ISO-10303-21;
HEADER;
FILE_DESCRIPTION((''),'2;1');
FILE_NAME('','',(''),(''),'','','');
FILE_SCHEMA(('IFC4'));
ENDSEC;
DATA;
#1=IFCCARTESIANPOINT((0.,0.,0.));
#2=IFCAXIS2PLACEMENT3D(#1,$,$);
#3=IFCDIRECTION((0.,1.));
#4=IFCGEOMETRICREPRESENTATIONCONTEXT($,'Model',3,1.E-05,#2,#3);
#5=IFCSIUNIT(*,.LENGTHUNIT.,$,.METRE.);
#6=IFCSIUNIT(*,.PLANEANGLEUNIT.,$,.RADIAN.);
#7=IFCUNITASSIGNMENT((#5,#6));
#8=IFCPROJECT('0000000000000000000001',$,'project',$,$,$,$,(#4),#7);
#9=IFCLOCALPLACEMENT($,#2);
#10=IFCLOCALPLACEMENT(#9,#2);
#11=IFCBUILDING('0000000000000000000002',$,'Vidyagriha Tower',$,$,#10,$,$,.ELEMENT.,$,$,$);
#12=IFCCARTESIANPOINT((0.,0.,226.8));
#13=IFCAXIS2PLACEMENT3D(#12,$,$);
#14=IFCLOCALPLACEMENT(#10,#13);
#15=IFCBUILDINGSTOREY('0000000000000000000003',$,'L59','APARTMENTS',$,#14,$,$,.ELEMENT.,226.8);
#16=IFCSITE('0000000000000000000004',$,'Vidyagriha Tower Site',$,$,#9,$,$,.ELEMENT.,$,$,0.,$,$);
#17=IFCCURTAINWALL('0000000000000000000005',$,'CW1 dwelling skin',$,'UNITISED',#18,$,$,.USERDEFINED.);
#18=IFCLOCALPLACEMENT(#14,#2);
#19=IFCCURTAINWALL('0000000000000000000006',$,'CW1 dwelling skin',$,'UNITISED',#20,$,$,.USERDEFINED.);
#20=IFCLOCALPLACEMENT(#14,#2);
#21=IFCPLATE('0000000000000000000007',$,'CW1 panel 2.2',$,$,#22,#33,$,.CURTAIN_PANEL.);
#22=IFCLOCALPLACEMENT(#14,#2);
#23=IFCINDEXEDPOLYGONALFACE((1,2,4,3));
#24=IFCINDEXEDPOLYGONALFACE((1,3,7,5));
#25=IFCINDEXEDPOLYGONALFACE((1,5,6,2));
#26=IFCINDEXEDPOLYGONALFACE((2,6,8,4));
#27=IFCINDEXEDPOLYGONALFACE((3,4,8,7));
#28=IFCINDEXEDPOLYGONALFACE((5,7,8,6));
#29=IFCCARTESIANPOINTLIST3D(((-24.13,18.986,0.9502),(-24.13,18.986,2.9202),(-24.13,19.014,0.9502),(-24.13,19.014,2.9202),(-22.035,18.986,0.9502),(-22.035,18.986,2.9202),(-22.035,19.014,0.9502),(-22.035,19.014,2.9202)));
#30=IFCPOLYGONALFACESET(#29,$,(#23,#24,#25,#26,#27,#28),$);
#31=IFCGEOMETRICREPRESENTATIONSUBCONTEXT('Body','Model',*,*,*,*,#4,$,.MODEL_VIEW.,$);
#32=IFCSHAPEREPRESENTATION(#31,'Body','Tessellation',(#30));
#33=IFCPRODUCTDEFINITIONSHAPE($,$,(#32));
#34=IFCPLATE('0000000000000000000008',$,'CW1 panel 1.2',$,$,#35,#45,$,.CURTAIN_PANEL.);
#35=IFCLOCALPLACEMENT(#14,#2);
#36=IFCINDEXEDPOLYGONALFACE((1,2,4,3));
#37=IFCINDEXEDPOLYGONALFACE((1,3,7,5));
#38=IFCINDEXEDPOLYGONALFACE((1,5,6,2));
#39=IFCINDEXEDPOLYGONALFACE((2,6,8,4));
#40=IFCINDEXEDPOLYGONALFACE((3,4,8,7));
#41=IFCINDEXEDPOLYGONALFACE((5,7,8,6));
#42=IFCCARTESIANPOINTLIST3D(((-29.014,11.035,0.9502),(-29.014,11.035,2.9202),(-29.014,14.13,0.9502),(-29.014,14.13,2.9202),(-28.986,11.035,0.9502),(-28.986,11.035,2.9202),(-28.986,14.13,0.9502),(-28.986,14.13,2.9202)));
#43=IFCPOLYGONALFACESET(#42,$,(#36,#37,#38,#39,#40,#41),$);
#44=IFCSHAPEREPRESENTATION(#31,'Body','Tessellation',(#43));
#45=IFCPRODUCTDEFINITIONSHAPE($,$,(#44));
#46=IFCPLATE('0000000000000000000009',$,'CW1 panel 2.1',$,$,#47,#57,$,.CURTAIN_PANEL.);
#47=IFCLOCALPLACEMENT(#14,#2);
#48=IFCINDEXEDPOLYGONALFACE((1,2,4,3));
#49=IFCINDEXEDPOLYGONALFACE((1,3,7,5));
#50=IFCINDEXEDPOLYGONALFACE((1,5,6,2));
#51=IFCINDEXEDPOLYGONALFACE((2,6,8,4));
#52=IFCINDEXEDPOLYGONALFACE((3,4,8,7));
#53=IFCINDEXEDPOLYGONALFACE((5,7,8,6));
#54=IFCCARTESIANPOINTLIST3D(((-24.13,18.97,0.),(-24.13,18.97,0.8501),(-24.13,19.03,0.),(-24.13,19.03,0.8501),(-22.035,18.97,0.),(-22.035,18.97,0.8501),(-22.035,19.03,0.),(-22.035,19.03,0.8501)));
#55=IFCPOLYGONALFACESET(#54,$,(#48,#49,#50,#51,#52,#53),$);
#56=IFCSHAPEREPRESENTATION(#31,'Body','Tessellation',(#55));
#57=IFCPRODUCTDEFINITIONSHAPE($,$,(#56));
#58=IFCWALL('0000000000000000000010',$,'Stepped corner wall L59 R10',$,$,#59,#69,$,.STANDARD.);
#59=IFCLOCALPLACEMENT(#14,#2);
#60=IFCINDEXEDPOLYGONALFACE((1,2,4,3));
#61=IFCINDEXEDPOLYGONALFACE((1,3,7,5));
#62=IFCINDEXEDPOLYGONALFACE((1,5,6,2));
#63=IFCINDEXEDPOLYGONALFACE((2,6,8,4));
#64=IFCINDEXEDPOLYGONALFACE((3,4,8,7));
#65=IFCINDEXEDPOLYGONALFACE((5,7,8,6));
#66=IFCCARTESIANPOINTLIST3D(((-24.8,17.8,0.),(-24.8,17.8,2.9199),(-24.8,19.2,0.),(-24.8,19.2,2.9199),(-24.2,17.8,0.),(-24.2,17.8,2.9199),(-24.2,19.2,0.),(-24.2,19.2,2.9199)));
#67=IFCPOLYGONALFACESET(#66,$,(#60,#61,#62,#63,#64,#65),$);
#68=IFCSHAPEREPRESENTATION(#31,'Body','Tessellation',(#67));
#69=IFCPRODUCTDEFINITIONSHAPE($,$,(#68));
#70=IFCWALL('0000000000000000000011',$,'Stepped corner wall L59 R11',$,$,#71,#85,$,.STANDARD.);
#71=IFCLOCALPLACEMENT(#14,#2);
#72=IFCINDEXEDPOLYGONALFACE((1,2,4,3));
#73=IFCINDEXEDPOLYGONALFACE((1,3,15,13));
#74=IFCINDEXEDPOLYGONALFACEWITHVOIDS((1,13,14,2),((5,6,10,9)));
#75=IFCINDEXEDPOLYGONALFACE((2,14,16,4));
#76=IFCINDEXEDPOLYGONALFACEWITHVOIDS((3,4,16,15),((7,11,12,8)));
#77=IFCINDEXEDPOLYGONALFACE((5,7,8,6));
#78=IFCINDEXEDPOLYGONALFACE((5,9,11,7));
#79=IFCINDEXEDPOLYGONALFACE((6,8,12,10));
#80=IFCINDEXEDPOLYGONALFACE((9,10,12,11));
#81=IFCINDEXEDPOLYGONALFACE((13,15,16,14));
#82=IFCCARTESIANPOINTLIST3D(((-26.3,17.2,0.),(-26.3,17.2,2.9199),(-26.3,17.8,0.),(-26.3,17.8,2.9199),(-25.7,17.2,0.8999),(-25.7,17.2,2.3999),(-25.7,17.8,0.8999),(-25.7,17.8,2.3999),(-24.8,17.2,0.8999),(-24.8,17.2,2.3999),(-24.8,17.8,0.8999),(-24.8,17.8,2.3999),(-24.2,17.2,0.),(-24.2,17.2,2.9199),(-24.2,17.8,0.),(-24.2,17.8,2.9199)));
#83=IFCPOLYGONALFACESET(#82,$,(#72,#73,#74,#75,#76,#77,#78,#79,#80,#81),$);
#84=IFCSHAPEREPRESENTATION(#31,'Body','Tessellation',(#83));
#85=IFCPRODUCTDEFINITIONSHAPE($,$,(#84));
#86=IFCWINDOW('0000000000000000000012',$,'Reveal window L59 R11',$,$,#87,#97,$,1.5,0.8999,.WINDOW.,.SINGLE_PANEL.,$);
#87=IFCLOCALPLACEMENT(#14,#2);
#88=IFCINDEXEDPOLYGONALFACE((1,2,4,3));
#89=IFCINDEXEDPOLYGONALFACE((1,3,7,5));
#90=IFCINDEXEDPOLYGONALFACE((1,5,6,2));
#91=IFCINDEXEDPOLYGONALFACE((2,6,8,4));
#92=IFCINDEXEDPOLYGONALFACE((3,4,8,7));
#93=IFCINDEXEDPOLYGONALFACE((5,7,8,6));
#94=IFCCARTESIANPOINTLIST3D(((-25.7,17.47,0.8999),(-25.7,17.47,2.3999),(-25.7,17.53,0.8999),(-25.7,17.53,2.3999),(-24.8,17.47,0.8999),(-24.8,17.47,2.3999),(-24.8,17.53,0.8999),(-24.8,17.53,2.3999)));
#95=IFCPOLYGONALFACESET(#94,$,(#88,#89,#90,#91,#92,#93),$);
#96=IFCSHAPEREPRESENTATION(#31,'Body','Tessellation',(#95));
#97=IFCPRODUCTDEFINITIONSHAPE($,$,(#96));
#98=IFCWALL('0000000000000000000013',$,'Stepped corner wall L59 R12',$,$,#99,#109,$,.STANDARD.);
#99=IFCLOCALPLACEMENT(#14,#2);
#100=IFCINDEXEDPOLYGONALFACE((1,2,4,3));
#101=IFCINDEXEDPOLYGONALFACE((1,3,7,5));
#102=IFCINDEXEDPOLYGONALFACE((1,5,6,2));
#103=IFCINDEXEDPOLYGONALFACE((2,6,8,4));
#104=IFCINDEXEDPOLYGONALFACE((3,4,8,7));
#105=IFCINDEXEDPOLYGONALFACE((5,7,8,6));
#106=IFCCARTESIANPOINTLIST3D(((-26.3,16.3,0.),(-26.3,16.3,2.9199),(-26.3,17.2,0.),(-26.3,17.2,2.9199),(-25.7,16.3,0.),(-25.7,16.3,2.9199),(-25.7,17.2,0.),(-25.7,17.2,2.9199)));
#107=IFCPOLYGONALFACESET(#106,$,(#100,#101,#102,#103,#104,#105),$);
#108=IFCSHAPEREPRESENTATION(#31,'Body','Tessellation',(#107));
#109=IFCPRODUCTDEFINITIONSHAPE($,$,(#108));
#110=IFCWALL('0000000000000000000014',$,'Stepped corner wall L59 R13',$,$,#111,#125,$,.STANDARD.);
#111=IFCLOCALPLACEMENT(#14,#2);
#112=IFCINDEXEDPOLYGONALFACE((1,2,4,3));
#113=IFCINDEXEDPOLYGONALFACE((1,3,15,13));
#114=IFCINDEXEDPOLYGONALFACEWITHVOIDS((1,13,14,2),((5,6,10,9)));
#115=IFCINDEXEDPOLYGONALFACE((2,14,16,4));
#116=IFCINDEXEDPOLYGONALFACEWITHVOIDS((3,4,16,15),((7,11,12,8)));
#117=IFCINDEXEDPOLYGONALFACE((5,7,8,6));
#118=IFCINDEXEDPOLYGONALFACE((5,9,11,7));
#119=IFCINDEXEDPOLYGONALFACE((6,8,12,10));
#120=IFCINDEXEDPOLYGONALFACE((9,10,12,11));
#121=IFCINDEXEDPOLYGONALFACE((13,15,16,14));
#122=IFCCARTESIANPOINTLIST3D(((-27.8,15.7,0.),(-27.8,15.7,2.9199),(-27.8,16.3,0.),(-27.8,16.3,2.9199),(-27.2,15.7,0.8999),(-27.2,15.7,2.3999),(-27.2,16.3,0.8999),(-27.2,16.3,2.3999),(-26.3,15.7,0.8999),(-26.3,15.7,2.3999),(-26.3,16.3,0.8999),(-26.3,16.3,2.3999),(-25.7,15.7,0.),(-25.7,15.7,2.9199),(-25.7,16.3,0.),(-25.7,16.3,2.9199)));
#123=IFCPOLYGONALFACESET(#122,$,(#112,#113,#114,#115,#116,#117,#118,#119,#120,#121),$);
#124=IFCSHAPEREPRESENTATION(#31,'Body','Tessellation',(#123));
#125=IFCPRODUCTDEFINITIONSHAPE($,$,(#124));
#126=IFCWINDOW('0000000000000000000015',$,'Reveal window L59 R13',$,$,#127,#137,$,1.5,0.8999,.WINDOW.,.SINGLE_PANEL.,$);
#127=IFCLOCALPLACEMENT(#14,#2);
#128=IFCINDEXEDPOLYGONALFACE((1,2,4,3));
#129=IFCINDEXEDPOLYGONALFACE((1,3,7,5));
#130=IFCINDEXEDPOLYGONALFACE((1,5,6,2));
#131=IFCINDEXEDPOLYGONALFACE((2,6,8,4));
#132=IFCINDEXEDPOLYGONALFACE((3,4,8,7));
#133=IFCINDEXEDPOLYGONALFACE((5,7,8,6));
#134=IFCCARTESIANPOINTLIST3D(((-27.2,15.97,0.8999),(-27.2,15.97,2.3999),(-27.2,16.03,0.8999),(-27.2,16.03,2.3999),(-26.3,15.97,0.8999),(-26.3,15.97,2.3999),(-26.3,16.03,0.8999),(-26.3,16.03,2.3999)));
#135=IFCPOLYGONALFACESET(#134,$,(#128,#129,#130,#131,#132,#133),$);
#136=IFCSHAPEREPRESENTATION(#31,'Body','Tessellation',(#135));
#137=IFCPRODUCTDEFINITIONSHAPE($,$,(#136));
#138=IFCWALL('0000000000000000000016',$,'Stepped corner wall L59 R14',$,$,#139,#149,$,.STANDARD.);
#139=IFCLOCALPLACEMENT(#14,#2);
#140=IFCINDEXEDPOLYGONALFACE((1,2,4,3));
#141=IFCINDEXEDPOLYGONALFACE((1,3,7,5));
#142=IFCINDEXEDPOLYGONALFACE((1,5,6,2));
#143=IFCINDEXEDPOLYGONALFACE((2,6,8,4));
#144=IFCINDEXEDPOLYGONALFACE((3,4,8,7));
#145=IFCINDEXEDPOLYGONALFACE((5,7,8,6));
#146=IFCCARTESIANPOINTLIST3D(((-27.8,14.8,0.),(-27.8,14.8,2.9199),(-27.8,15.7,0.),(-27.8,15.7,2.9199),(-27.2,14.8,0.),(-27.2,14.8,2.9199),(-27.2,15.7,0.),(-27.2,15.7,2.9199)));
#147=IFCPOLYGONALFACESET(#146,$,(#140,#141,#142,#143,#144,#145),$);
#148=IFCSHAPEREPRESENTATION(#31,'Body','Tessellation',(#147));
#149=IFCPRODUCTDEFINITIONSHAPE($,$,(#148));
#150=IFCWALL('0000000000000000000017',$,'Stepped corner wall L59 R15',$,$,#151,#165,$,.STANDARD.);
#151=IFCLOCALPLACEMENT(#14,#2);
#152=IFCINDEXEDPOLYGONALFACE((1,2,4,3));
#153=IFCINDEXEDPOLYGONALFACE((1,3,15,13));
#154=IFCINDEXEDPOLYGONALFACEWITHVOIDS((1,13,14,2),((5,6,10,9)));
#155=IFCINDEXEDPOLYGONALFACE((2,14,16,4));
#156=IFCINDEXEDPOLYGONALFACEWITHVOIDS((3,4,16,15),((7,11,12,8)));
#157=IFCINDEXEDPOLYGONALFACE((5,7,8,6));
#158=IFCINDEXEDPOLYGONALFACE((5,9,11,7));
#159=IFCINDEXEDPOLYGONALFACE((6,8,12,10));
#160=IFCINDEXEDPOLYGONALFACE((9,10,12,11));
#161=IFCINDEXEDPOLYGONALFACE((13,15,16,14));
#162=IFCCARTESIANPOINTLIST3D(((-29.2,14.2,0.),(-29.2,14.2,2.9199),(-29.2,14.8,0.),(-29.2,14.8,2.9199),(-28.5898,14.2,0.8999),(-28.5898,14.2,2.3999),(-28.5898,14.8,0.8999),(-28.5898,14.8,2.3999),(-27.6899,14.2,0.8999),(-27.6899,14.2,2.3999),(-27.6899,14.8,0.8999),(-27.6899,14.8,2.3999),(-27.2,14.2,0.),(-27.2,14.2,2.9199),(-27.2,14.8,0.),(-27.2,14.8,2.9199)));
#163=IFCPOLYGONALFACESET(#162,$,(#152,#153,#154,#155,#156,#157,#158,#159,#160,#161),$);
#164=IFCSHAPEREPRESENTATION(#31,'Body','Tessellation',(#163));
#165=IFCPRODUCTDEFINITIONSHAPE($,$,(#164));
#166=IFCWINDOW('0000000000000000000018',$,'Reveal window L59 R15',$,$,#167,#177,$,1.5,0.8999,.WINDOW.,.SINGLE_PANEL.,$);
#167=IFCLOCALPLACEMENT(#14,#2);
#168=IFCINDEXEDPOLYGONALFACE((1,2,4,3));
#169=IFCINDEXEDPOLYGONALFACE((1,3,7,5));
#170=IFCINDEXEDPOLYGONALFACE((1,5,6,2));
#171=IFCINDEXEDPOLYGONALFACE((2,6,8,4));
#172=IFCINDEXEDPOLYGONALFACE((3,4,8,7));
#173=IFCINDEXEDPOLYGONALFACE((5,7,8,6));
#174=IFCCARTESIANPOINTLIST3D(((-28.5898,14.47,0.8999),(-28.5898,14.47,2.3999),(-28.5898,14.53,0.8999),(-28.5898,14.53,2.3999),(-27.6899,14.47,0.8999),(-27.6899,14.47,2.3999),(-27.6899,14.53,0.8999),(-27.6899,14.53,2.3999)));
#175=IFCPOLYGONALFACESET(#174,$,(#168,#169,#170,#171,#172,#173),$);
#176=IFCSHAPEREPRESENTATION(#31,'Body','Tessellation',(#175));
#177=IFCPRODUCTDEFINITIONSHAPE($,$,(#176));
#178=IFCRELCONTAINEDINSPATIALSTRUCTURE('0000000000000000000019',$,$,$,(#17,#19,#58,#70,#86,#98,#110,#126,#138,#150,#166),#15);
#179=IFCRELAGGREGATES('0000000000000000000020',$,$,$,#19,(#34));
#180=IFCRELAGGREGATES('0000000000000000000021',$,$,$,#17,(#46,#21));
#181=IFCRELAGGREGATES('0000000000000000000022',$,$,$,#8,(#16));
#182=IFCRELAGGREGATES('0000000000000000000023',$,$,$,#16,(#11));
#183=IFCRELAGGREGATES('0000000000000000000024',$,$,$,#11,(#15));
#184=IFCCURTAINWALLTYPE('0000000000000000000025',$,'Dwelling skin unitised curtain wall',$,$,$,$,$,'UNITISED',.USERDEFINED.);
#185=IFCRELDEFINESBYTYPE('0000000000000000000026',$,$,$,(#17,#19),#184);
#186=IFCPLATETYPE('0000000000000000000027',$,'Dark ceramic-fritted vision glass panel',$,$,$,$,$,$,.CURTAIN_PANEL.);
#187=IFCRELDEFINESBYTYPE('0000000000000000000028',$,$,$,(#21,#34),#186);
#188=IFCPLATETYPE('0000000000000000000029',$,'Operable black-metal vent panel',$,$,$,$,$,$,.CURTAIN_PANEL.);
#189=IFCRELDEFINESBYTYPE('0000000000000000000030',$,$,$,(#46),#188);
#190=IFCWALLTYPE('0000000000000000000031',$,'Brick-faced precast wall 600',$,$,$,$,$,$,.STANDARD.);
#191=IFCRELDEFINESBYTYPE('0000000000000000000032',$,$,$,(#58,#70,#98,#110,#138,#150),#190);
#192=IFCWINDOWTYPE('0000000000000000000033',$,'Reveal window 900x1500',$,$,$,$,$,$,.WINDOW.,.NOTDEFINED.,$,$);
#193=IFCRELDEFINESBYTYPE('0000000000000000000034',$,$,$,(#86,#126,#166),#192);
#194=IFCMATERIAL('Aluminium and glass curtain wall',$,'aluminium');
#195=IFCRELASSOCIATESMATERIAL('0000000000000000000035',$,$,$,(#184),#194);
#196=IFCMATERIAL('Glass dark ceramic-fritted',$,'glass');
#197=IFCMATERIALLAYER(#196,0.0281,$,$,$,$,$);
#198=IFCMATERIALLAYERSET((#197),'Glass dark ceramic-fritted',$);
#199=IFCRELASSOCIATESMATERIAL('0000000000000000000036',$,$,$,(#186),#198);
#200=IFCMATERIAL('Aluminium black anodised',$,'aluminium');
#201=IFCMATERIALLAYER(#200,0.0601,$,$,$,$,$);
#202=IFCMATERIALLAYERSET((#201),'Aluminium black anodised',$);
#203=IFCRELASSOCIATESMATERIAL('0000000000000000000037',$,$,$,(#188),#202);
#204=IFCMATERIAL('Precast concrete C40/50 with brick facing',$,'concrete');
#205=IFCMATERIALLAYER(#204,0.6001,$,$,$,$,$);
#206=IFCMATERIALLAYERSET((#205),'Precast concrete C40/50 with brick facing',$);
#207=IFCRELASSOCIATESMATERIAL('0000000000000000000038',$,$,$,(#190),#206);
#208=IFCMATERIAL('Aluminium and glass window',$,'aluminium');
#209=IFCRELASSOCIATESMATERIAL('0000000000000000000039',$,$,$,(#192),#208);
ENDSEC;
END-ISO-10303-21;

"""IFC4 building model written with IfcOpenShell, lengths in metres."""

from ifc_helpers import new_model, si_unit, direction, frame, frame_2d, origin, origin_2d, place, context, subcontext, project, spatial, rectangle, extrude, material, layer, layer_set, type_object, element, fill, aggregate, save


model = new_model("IFC4")

# Units and contexts
model_context = context("Model", 3, precision=1e-05, world=origin(), true_north=direction((0.0, 1.0)))
body_context = subcontext(model_context, "Body", "Model", "MODEL_VIEW")
ifc_project = project(units=[si_unit("LENGTHUNIT", "METRE"), si_unit("PLANEANGLEUNIT", "RADIAN")], contexts=[model_context])

# Site, building, storey
site_placement = place(None, origin())
site = spatial("IfcSite", under=ifc_project, at=site_placement, Name="Vidyagriha Tower Site", CompositionType="ELEMENT", RefElevation=0.0)
building_placement = place(site_placement, origin())
building = spatial("IfcBuilding", under=site, at=building_placement, Name="Vidyagriha Tower", CompositionType="ELEMENT")
storey_placement = place(building_placement, frame((0.0, 0.0, 226.8)))
storey = spatial("IfcBuildingStorey", under=building, at=storey_placement, Name="L59", Description="APARTMENTS", CompositionType="ELEMENT", Elevation=226.8)

# Curtain wall
ifc_material_1 = material(Name="Aluminium and glass curtain wall", Category="aluminium")
curtain_wall_type = type_object("IfcCurtainWallType", Name="Dwelling skin unitised curtain wall", ElementType="UNITISED", PredefinedType="USERDEFINED", material=ifc_material_1)
curtain_wall_1_placement = place(storey_placement, origin())
curtain_wall_1 = element("IfcCurtainWall", 1, at=curtain_wall_1_placement, inside=storey, type_object=curtain_wall_type, Name="CW1 dwelling skin", ObjectType="UNITISED", PredefinedType="USERDEFINED")

# Curtain wall
curtain_wall_2_placement = place(storey_placement, origin())
curtain_wall_2 = element("IfcCurtainWall", 2, at=curtain_wall_2_placement, inside=storey, type_object=curtain_wall_type, Name="CW1 dwelling skin", ObjectType="UNITISED", PredefinedType="USERDEFINED")

# Plates
ifc_material_2 = material(Name="Glass dark ceramic-fritted", Category="glass")
ifc_layer_1 = layer(ifc_material_2, 0.0281)
ifc_layer_set_1 = layer_set([ifc_layer_1], Name="Glass dark ceramic-fritted")
plate_type_1 = type_object("IfcPlateType", Name="Dark ceramic-fritted vision glass panel", PredefinedType="CURTAIN_PANEL", material=ifc_layer_set_1)
plate_1_placement = place(storey_placement, frame((-23.0825, 19.0, 0.9502), z_axis=(0.0, 0.0, 1.0), x_axis=(-1.0, 0.0, 0.0)))
plate_1 = element("IfcPlate", 3, at=plate_1_placement, type_object=plate_type_1, Name="CW1 panel 2.2", PredefinedType="CURTAIN_PANEL", context=body_context, shape_type="SweptSolid", body=[
    extrude(rectangle(XDim=2.095, YDim=0.0281, at=origin_2d()), origin(), (0.0, 0.0, 1.0), 1.97),
])
plate_2_placement = place(storey_placement, frame((-29.0, 12.5825, 0.9502), z_axis=(0.0, 0.0, 1.0), x_axis=(0.0, -1.0, 0.0)))
plate_2 = element("IfcPlate", 4, at=plate_2_placement, type_object=plate_type_1, Name="CW1 panel 1.2", PredefinedType="CURTAIN_PANEL", context=body_context, shape_type="SweptSolid", body=[
    extrude(rectangle(XDim=3.095, YDim=0.0281, at=origin_2d()), origin(), (0.0, 0.0, 1.0), 1.97),
])
aggregate(curtain_wall_2, [plate_2])
ifc_material_3 = material(Name="Aluminium black anodised", Category="aluminium")
ifc_layer_2 = layer(ifc_material_3, 0.0601)
ifc_layer_set_2 = layer_set([ifc_layer_2], Name="Aluminium black anodised")
plate_type_2 = type_object("IfcPlateType", Name="Operable black-metal vent panel", PredefinedType="CURTAIN_PANEL", material=ifc_layer_set_2)
plate_3_placement = place(storey_placement, frame((-23.0825, 19.0, 0.0), z_axis=(0.0, 0.0, 1.0), x_axis=(-1.0, 0.0, 0.0)))
plate_3 = element("IfcPlate", 5, at=plate_3_placement, type_object=plate_type_2, Name="CW1 panel 2.1", PredefinedType="CURTAIN_PANEL", context=body_context, shape_type="SweptSolid", body=[
    extrude(rectangle(XDim=2.095, YDim=0.0601, at=origin_2d()), origin(), (0.0, 0.0, 1.0), 0.8501),
])
aggregate(curtain_wall_1, [plate_3, plate_1])

# Wall
ifc_material_4 = material(Name="Precast concrete C40/50 with brick facing", Category="concrete")
ifc_layer_3 = layer(ifc_material_4, 0.6001)
ifc_layer_set_3 = layer_set([ifc_layer_3], Name="Precast concrete C40/50 with brick facing")
wall_type_1 = type_object("IfcWallType", Name="Brick-faced precast wall 600", PredefinedType="STANDARD", material=ifc_layer_set_3)
wall_1_placement = place(storey_placement, frame((-24.5, 19.2, 0.0), z_axis=(0.0, 0.0, 1.0), x_axis=(0.0, -1.0, 0.0)))
element("IfcWall", 6, at=wall_1_placement, inside=storey, type_object=wall_type_1, Name="Stepped corner wall L59 R10", PredefinedType="STANDARD", context=body_context, shape_type="SweptSolid", body=[
    extrude(rectangle(XDim=1.3999, YDim=0.6001, at=frame_2d((0.7, 0.0))), origin(), (0.0, 0.0, 1.0), 2.9199),
])

# Wall, opening, window
wall_2_placement = place(storey_placement, frame((-24.2, 17.5, 0.0), z_axis=(0.0, 0.0, 1.0), x_axis=(-1.0, 0.0, 0.0)))
wall_2 = element("IfcWall", 7, at=wall_2_placement, inside=storey, type_object=wall_type_1, Name="Stepped corner wall L59 R11", PredefinedType="STANDARD", context=body_context, shape_type="SweptSolid", body=[
    extrude(rectangle(XDim=2.1001, YDim=0.6001, at=frame_2d((1.05, 0.0))), origin(), (0.0, 0.0, 1.0), 2.9199),
])
opening_1_placement = place(wall_2_placement, frame((0.6001, 0.0, 0.8999)))
opening_1 = element("IfcOpeningElement", 8, at=opening_1_placement, cuts=wall_2, PredefinedType="OPENING", context=body_context, shape_type="SweptSolid", body=[
    extrude(rectangle(XDim=0.8999, YDim=1.5, at=frame_2d((0.45, 0.75))), frame((0.0, 0.3101, 0.0), z_axis=(0.0, -1.0, 0.0), x_axis=(1.0, 0.0, 0.0)), (0.0, 0.0, 1.0), 0.6201),
])
ifc_material_5 = material(Name="Aluminium and glass window", Category="aluminium")
window_type = type_object("IfcWindowType", Name="Reveal window 900x1500", PartitioningType="NOTDEFINED", PredefinedType="WINDOW", material=ifc_material_5)
window_1_placement = place(opening_1_placement, origin())
window_1 = element("IfcWindow", 9, at=window_1_placement, inside=storey, type_object=window_type, Name="Reveal window L59 R11", OverallHeight=1.5, OverallWidth=0.8999, PartitioningType="SINGLE_PANEL", PredefinedType="WINDOW", context=body_context, shape_type="SweptSolid", body=[
    extrude(rectangle(XDim=0.8999, YDim=1.5, at=frame_2d((0.45, 0.75))), frame((0.0, 0.03, 0.0), z_axis=(0.0, -1.0, 0.0), x_axis=(1.0, 0.0, 0.0)), (0.0, 0.0, 1.0), 0.0601),
])
fill(opening_1, window_1)

# Wall
wall_3_placement = place(storey_placement, frame((-26.0, 17.2, 0.0), z_axis=(0.0, 0.0, 1.0), x_axis=(0.0, -1.0, 0.0)))
element("IfcWall", 10, at=wall_3_placement, inside=storey, type_object=wall_type_1, Name="Stepped corner wall L59 R12", PredefinedType="STANDARD", context=body_context, shape_type="SweptSolid", body=[
    extrude(rectangle(XDim=0.8999, YDim=0.6001, at=frame_2d((0.45, 0.0))), origin(), (0.0, 0.0, 1.0), 2.9199),
])

# Wall, opening, window
wall_4_placement = place(storey_placement, frame((-25.7, 16.0, 0.0), z_axis=(0.0, 0.0, 1.0), x_axis=(-1.0, 0.0, 0.0)))
wall_4 = element("IfcWall", 11, at=wall_4_placement, inside=storey, type_object=wall_type_1, Name="Stepped corner wall L59 R13", PredefinedType="STANDARD", context=body_context, shape_type="SweptSolid", body=[
    extrude(rectangle(XDim=2.1001, YDim=0.6001, at=frame_2d((1.05, 0.0))), origin(), (0.0, 0.0, 1.0), 2.9199),
])
opening_2_placement = place(wall_4_placement, frame((0.6001, 0.0, 0.8999)))
opening_2 = element("IfcOpeningElement", 12, at=opening_2_placement, cuts=wall_4, PredefinedType="OPENING", context=body_context, shape_type="SweptSolid", body=[
    extrude(rectangle(XDim=0.8999, YDim=1.5, at=frame_2d((0.45, 0.75))), frame((0.0, 0.3101, 0.0), z_axis=(0.0, -1.0, 0.0), x_axis=(1.0, 0.0, 0.0)), (0.0, 0.0, 1.0), 0.6201),
])
window_2_placement = place(opening_2_placement, origin())
window_2 = element("IfcWindow", 13, at=window_2_placement, inside=storey, type_object=window_type, Name="Reveal window L59 R13", OverallHeight=1.5, OverallWidth=0.8999, PartitioningType="SINGLE_PANEL", PredefinedType="WINDOW", context=body_context, shape_type="SweptSolid", body=[
    extrude(rectangle(XDim=0.8999, YDim=1.5, at=frame_2d((0.45, 0.75))), frame((0.0, 0.03, 0.0), z_axis=(0.0, -1.0, 0.0), x_axis=(1.0, 0.0, 0.0)), (0.0, 0.0, 1.0), 0.0601),
])
fill(opening_2, window_2)

# Wall
wall_5_placement = place(storey_placement, frame((-27.5, 15.7, 0.0), z_axis=(0.0, 0.0, 1.0), x_axis=(0.0, -1.0, 0.0)))
element("IfcWall", 14, at=wall_5_placement, inside=storey, type_object=wall_type_1, Name="Stepped corner wall L59 R14", PredefinedType="STANDARD", context=body_context, shape_type="SweptSolid", body=[
    extrude(rectangle(XDim=0.8999, YDim=0.6001, at=frame_2d((0.45, 0.0))), origin(), (0.0, 0.0, 1.0), 2.9199),
])

# Wall, opening, window
wall_6_placement = place(storey_placement, frame((-27.2, 14.5, 0.0), z_axis=(0.0, 0.0, 1.0), x_axis=(-1.0, 0.0, 0.0)))
wall_6 = element("IfcWall", 15, at=wall_6_placement, inside=storey, type_object=wall_type_1, Name="Stepped corner wall L59 R15", PredefinedType="STANDARD", context=body_context, shape_type="SweptSolid", body=[
    extrude(rectangle(XDim=2.0, YDim=0.6001, at=frame_2d((1.0, 0.0))), origin(), (0.0, 0.0, 1.0), 2.9199),
])
opening_3_placement = place(wall_6_placement, frame((0.49, 0.0, 0.8999)))
opening_3 = element("IfcOpeningElement", 16, at=opening_3_placement, cuts=wall_6, PredefinedType="OPENING", context=body_context, shape_type="SweptSolid", body=[
    extrude(rectangle(XDim=0.8999, YDim=1.5, at=frame_2d((0.45, 0.75))), frame((0.0, 0.3101, 0.0), z_axis=(0.0, -1.0, 0.0), x_axis=(1.0, 0.0, 0.0)), (0.0, 0.0, 1.0), 0.6201),
])
window_3_placement = place(opening_3_placement, origin())
window_3 = element("IfcWindow", 17, at=window_3_placement, inside=storey, type_object=window_type, Name="Reveal window L59 R15", OverallHeight=1.5, OverallWidth=0.8999, PartitioningType="SINGLE_PANEL", PredefinedType="WINDOW", context=body_context, shape_type="SweptSolid", body=[
    extrude(rectangle(XDim=0.8999, YDim=1.5, at=frame_2d((0.45, 0.75))), frame((0.0, 0.03, 0.0), z_axis=(0.0, -1.0, 0.0), x_axis=(1.0, 0.0, 0.0)), (0.0, 0.0, 1.0), 0.0601),
])
fill(opening_3, window_3)

save(model, "model.ifc")
